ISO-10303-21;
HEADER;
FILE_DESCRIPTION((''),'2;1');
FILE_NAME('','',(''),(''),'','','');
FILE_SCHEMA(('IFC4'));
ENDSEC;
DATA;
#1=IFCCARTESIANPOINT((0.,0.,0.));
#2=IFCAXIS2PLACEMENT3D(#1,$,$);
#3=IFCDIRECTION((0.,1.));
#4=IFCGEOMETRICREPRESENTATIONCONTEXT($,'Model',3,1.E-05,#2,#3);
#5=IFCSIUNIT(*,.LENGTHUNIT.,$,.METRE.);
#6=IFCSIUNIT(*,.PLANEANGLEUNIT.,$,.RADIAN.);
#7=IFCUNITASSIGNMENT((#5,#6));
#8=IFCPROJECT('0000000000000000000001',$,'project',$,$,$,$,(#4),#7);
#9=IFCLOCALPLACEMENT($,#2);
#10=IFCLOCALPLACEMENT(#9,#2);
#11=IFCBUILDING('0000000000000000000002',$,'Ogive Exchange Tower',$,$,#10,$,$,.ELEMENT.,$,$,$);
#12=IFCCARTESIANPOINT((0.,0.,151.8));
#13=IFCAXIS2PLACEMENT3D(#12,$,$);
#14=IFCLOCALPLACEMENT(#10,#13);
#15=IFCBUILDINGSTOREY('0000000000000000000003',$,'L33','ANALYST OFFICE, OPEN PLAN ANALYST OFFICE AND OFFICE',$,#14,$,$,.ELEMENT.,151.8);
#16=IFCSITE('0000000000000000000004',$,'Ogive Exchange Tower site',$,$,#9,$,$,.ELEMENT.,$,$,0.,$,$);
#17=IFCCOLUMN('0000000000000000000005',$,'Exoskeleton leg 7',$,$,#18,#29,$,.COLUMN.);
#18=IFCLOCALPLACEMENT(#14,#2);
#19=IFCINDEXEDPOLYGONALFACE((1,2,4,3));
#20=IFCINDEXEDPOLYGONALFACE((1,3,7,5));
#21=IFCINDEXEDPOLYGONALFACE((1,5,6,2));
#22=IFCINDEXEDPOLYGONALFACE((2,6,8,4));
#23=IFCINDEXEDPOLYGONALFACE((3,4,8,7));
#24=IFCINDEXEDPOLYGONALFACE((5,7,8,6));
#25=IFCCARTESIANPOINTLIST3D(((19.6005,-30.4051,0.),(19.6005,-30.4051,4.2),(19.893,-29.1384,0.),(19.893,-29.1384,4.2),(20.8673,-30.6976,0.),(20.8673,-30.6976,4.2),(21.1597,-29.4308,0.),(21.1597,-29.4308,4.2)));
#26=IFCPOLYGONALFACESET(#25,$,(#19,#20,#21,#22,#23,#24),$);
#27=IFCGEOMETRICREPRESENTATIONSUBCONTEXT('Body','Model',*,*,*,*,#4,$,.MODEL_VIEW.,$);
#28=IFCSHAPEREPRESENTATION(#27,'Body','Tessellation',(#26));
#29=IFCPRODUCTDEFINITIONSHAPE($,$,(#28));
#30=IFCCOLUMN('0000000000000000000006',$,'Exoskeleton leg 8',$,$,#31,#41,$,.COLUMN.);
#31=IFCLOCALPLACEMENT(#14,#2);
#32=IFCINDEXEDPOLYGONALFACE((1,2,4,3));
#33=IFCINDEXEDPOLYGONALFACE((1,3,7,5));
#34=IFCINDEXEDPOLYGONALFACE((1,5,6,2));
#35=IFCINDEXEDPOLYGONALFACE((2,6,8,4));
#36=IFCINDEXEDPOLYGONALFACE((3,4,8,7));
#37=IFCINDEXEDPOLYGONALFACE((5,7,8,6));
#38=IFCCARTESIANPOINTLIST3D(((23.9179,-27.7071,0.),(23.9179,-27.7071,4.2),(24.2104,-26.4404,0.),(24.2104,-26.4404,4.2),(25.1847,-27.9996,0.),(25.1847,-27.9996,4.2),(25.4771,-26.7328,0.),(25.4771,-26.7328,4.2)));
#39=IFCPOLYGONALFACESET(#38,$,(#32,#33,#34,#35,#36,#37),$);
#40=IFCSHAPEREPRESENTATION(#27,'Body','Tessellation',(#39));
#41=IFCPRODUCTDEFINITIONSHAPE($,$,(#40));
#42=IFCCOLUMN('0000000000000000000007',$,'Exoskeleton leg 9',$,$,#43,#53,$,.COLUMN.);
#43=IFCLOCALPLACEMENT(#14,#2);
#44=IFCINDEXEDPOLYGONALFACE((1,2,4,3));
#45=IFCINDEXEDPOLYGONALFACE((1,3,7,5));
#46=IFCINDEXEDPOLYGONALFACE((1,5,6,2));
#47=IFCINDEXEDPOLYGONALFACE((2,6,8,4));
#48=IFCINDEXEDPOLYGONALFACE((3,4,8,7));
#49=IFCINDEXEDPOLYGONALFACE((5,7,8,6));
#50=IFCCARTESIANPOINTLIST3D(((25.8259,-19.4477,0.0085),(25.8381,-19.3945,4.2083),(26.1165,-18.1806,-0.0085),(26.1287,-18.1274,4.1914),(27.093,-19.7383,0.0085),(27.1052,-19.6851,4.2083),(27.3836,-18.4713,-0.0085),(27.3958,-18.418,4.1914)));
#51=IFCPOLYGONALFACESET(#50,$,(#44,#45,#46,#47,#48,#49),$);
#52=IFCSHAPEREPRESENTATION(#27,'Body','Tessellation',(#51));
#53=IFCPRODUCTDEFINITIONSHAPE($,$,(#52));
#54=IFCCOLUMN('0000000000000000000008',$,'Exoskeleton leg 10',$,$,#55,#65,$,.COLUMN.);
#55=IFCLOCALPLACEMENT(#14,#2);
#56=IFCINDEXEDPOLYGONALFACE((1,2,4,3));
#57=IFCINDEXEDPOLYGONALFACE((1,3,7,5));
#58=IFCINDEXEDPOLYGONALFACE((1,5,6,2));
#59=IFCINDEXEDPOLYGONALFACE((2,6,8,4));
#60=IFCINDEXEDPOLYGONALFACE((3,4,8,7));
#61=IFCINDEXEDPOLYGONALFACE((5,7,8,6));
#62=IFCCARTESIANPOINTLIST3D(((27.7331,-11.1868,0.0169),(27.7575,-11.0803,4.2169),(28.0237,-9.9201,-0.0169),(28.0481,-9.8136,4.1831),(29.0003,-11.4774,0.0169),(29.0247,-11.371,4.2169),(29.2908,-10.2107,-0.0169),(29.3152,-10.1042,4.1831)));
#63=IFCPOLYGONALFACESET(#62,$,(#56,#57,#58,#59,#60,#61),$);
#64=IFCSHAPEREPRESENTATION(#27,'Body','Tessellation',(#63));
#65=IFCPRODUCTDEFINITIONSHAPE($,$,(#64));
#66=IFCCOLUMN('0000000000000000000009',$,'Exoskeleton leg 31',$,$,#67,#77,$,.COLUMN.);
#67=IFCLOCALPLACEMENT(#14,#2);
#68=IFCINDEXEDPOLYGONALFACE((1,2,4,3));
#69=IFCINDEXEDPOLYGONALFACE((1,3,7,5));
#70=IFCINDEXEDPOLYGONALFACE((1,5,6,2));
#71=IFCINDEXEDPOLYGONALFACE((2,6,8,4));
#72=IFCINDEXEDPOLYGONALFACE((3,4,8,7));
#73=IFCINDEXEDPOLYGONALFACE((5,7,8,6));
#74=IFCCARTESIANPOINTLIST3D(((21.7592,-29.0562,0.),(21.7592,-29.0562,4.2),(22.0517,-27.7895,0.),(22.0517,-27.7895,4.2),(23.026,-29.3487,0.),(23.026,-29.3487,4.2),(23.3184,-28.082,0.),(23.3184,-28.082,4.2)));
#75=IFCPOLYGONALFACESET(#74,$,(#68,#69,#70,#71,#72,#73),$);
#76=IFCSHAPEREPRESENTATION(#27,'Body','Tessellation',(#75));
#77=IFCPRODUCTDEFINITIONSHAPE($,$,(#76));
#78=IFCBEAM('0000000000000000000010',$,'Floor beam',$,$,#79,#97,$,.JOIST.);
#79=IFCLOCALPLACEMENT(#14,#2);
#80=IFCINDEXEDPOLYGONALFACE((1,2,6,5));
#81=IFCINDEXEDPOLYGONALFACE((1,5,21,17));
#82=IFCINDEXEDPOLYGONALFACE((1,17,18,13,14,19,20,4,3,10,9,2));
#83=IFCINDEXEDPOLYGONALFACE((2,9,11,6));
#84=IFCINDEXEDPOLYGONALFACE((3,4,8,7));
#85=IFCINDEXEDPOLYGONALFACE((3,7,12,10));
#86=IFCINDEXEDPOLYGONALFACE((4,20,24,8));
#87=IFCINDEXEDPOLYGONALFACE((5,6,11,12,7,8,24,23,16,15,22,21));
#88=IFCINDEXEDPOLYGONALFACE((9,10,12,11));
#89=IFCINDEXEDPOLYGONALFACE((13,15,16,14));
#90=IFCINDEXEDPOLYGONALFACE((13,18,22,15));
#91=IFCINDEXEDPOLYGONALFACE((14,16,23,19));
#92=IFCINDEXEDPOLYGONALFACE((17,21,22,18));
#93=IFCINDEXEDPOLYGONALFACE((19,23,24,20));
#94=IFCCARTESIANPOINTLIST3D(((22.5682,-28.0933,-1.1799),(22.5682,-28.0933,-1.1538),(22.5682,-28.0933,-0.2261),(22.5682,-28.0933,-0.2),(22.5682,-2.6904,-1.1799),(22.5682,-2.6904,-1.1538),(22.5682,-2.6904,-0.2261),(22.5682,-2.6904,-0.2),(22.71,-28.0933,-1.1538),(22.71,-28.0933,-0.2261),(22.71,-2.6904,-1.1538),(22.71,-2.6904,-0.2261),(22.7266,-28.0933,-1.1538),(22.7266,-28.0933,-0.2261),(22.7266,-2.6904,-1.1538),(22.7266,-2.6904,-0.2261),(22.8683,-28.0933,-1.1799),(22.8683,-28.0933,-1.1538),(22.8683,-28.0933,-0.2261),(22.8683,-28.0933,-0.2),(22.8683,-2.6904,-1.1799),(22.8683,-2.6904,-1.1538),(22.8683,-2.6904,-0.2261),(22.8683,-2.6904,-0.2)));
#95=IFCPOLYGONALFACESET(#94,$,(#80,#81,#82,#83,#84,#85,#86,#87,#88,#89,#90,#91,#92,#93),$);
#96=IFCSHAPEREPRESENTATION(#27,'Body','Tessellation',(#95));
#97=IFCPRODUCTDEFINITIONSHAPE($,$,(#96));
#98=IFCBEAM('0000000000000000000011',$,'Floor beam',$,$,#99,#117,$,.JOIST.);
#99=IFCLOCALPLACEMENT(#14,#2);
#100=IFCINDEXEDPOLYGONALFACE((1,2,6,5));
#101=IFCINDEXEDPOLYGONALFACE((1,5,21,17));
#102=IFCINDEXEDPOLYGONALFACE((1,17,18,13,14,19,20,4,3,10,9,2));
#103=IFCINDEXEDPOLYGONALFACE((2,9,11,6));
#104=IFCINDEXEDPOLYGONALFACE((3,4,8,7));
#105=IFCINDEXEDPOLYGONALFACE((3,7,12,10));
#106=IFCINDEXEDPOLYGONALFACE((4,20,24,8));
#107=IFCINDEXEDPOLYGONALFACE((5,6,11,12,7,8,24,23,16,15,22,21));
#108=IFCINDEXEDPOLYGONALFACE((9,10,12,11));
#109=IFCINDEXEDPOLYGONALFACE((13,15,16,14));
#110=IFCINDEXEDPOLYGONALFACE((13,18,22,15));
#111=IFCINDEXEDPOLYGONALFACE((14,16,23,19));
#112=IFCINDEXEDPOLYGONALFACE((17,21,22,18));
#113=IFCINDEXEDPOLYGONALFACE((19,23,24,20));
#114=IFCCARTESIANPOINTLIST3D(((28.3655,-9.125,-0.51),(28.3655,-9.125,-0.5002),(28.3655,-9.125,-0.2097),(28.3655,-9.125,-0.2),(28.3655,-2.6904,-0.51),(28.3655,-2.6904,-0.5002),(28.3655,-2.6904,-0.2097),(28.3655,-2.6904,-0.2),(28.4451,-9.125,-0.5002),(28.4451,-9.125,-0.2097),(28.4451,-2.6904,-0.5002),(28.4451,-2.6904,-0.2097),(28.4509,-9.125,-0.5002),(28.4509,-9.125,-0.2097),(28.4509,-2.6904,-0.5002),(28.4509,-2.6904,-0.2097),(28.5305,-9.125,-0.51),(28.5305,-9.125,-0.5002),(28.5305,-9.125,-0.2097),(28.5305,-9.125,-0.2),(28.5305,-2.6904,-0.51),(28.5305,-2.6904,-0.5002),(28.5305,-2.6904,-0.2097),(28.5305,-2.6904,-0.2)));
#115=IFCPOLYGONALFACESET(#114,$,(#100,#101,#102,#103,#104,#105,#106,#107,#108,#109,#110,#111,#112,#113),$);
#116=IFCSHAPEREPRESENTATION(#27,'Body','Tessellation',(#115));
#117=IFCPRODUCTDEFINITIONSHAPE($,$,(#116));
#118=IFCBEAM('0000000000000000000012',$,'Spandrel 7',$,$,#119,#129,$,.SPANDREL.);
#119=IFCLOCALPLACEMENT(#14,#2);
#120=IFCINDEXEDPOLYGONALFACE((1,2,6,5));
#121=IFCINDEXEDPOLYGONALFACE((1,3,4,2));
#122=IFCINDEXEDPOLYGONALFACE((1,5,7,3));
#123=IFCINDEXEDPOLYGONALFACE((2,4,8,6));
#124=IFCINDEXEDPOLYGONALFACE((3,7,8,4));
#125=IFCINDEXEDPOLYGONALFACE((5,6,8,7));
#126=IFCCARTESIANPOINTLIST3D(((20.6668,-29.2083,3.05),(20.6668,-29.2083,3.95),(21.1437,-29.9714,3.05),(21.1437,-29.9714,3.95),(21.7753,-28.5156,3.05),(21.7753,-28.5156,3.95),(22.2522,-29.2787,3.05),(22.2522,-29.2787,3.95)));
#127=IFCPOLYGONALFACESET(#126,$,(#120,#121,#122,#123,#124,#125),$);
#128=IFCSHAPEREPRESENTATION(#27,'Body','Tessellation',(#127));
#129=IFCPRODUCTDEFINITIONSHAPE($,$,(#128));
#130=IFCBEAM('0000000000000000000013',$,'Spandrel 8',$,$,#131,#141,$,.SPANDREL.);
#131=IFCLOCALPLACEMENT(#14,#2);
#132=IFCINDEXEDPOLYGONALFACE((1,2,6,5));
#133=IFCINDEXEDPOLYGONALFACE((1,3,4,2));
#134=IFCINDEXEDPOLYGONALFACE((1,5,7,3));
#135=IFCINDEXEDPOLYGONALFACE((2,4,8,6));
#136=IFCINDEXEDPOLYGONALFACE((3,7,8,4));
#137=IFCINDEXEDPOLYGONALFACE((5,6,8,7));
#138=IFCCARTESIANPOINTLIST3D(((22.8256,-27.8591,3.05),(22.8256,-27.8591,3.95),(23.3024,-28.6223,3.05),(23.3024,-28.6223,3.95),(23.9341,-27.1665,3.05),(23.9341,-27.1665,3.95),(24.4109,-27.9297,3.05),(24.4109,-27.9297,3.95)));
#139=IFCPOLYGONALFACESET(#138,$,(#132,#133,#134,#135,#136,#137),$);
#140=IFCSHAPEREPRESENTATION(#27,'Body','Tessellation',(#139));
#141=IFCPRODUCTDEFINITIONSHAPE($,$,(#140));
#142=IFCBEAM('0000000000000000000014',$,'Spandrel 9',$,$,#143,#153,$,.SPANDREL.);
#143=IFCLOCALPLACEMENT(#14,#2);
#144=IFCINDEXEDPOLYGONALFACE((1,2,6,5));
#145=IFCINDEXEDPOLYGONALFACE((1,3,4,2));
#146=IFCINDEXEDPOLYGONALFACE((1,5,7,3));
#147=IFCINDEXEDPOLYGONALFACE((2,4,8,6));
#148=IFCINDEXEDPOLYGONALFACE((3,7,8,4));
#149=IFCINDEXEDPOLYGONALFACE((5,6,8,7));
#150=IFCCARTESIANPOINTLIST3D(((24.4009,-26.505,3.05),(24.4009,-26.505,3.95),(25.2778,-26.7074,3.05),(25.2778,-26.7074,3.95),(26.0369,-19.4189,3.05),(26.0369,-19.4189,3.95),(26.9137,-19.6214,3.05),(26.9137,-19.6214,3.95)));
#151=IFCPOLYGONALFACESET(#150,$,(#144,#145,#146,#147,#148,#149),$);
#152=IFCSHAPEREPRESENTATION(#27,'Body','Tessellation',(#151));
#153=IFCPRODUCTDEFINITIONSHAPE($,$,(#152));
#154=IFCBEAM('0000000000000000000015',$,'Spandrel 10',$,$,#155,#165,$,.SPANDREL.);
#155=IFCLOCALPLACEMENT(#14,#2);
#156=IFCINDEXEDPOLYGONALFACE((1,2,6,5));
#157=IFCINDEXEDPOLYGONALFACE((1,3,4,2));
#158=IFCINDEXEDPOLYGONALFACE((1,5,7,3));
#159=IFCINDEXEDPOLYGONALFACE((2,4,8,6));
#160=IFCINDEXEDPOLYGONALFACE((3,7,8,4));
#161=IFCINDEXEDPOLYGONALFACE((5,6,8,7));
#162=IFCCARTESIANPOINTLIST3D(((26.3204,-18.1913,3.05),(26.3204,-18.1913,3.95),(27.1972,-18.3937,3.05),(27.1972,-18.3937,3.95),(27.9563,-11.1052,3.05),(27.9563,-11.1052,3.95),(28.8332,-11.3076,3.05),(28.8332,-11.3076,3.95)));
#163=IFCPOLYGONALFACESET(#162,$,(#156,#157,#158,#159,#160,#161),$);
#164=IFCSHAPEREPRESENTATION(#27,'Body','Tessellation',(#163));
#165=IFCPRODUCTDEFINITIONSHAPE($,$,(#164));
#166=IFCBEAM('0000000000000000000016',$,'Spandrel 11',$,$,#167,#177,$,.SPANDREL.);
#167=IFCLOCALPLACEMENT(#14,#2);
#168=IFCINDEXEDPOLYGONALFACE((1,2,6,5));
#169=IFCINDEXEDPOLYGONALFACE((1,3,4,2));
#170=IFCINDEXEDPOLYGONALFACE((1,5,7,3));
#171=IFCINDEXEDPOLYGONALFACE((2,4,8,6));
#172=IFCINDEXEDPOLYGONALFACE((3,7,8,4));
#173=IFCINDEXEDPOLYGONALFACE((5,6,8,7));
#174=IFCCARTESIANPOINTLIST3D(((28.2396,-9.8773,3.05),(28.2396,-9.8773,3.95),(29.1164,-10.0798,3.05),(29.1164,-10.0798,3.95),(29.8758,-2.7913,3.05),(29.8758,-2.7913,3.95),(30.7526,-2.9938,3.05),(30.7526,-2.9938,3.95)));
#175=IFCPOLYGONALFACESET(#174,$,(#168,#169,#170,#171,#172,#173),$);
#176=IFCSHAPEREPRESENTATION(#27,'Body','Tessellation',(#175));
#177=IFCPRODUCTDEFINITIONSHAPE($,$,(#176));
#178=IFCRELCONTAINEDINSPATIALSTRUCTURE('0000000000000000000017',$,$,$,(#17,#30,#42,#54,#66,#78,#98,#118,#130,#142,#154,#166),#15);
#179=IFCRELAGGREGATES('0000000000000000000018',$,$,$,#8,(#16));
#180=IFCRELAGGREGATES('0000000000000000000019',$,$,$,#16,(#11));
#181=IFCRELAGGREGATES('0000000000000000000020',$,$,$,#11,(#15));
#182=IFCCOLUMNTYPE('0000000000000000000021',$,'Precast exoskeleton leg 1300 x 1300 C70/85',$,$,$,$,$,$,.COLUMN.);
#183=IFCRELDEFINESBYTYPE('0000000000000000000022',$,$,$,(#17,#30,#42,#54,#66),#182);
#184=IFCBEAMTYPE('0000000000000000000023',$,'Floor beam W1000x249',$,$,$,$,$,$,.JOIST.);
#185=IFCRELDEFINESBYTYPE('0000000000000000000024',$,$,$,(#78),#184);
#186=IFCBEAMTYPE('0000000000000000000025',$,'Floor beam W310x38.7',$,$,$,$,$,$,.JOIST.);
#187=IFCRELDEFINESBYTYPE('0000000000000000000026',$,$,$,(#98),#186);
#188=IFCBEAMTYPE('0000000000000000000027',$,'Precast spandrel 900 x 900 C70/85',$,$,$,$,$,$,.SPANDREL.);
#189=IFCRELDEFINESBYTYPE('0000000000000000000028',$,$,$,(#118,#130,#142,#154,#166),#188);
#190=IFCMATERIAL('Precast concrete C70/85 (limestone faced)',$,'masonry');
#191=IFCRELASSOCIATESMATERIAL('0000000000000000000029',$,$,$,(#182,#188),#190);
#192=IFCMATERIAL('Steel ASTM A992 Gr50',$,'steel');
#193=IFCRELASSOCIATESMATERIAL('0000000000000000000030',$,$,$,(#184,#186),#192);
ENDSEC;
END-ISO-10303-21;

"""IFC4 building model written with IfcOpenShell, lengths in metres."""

from ifc_helpers import new_model, si_unit, direction, frame, origin, origin_2d, place, context, subcontext, project, spatial, rectangle, i_section, extrude, material, material_profile, profile_set, type_object, element, save


model = new_model("IFC4")

# Units and contexts
model_context = context("Model", 3, precision=1e-05, world=origin(), true_north=direction((0.0, 1.0)))
body_context = subcontext(model_context, "Body", "Model", "MODEL_VIEW")
ifc_project = project(units=[si_unit("LENGTHUNIT", "METRE"), si_unit("PLANEANGLEUNIT", "RADIAN")], contexts=[model_context])

# Site, building, storey
site_placement = place(None, origin())
site = spatial("IfcSite", under=ifc_project, at=site_placement, Name="Ogive Exchange Tower site", CompositionType="ELEMENT", RefElevation=0.0)
building_placement = place(site_placement, origin())
building = spatial("IfcBuilding", under=site, at=building_placement, Name="Ogive Exchange Tower", CompositionType="ELEMENT")
storey_placement = place(building_placement, frame((0.0, 0.0, 151.8)))
storey = spatial("IfcBuildingStorey", under=building, at=storey_placement, Name="L33", Description="ANALYST OFFICE, OPEN PLAN ANALYST OFFICE AND OFFICE", CompositionType="ELEMENT", Elevation=151.8)

# Columns
ifc_material_1 = material(Name="Precast concrete C70/85 (limestone faced)", Category="masonry")
ifc_material_profile_1 = material_profile(ifc_material_1, rectangle(XDim=1.3, YDim=1.3, at=origin_2d()), Name="1300 x 1300")
ifc_profile_set_1 = profile_set([ifc_material_profile_1], Name="Precast concrete C70/85 (limestone faced)")
column_type = type_object("IfcColumnType", Name="Precast exoskeleton leg 1300 x 1300 C70/85", PredefinedType="COLUMN", material=ifc_profile_set_1)
for number, where, z_axis, x_axis, name in (
    (1, (20.3801, -29.918, 0.0), (0.0, 0.0, 1.0), (0.97437, -0.224951, 0.0), "Exoskeleton leg 7"),
    (2, (24.6975, -27.22, 0.0), (0.0, 0.0, 1.0), (0.97437, -0.224951, 0.0), "Exoskeleton leg 8"),
):
    element("IfcColumn", number, at=place(storey_placement, frame(where, z_axis=z_axis, x_axis=x_axis)), inside=storey, type_object=column_type, Name=name, PredefinedType="COLUMN", context=body_context, shape_type="SweptSolid", body=[
        extrude(rectangle(XDim=1.3, YDim=1.3, at=origin_2d()), origin(), (0.0, 0.0, 1.0), 4.2),
    ])
column_1_placement = place(storey_placement, frame((26.6047, -18.9595, 0.0), z_axis=(0.002906, 0.012671, 0.999915), x_axis=(-0.974692, 0.223553, 0.0)))
element("IfcColumn", 3, at=column_1_placement, inside=storey, type_object=column_type, Name="Exoskeleton leg 9", PredefinedType="COLUMN", context=body_context, shape_type="SweptSolid", body=[
    extrude(rectangle(XDim=1.3, YDim=1.3, at=origin_2d()), origin(), (0.0, 0.0, 1.0), 4.2002),
])
column_2_placement = place(storey_placement, frame((28.512, -10.6987, 0.0), z_axis=(0.005811, 0.025336, 0.999662), x_axis=(-0.974692, 0.223553, 0.0)))
element("IfcColumn", 4, at=column_2_placement, inside=storey, type_object=column_type, Name="Exoskeleton leg 10", PredefinedType="COLUMN", context=body_context, shape_type="SweptSolid", body=[
    extrude(rectangle(XDim=1.3, YDim=1.3, at=origin_2d()), origin(), (0.0, 0.0, 1.0), 4.2014),
])
column_3_placement = place(storey_placement, frame((22.5388, -28.5691, 0.0), z_axis=(0.0, 0.0, 1.0), x_axis=(0.97437, -0.224951, 0.0)))
element("IfcColumn", 5, at=column_3_placement, inside=storey, type_object=column_type, Name="Exoskeleton leg 31", PredefinedType="COLUMN", context=body_context, shape_type="SweptSolid", body=[
    extrude(rectangle(XDim=1.3, YDim=1.3, at=origin_2d()), origin(), (0.0, 0.0, 1.0), 4.2),
])

# Beams
ifc_material_2 = material(Name="Steel ASTM A992 Gr50", Category="steel")
ifc_material_profile_2 = material_profile(ifc_material_2, i_section(OverallWidth=0.3, OverallDepth=0.98, WebThickness=0.0166, FlangeThickness=0.0261, at=origin_2d()), Name="W1000x249")
ifc_profile_set_2 = profile_set([ifc_material_profile_2], Name="Steel ASTM A992 Gr50")
beam_type_1 = type_object("IfcBeamType", Name="Floor beam W1000x249", PredefinedType="JOIST", material=ifc_profile_set_2)
beam_1_placement = place(storey_placement, frame((22.7183, -28.0933, -0.6899), z_axis=(0.0, 1.0, 0.0), x_axis=(-1.0, 0.0, 0.0)))
element("IfcBeam", 6, at=beam_1_placement, inside=storey, type_object=beam_type_1, Name="Floor beam", PredefinedType="JOIST", context=body_context, shape_type="SweptSolid", body=[
    extrude(i_section(OverallWidth=0.3, OverallDepth=0.98, WebThickness=0.0166, FlangeThickness=0.0261, at=origin_2d()), origin(), (0.0, 0.0, 1.0), 25.4028),
])
ifc_material_profile_3 = material_profile(ifc_material_2, i_section(OverallWidth=0.165, OverallDepth=0.3101, WebThickness=0.0059, FlangeThickness=0.0098, at=origin_2d()), Name="W310x38.7")
ifc_profile_set_3 = profile_set([ifc_material_profile_3], Name="Steel ASTM A992 Gr50")
beam_type_2 = type_object("IfcBeamType", Name="Floor beam W310x38.7", PredefinedType="JOIST", material=ifc_profile_set_3)
beam_2_placement = place(storey_placement, frame((28.448, -9.125, -0.355), z_axis=(0.0, 1.0, 0.0), x_axis=(-1.0, 0.0, 0.0)))
element("IfcBeam", 7, at=beam_2_placement, inside=storey, type_object=beam_type_2, Name="Floor beam", PredefinedType="JOIST", context=body_context, shape_type="SweptSolid", body=[
    extrude(i_section(OverallWidth=0.165, OverallDepth=0.3101, WebThickness=0.0059, FlangeThickness=0.0098, at=origin_2d()), origin(), (0.0, 0.0, 1.0), 6.4346),
])
ifc_material_profile_4 = material_profile(ifc_material_1, rectangle(XDim=0.8999, YDim=0.8999, at=origin_2d()), Name="900 x 900")
ifc_profile_set_4 = profile_set([ifc_material_profile_4], Name="Precast concrete C70/85 (limestone faced)")
beam_type_3 = type_object("IfcBeamType", Name="Precast spandrel 900 x 900 C70/85", PredefinedType="SPANDREL", material=ifc_profile_set_4)
for number, where, z_axis, x_axis, name in (
    (8, (20.9053, -29.5898, 3.5), (0.84804, 0.529932, 0.0), (-0.529932, 0.84804, 0.0), "Spandrel 7"),
    (9, (23.064, -28.2407, 3.5), (0.848093, 0.529848, 0.0), (-0.529848, 0.848093, 0.0), "Spandrel 8"),
):
    element("IfcBeam", number, at=place(storey_placement, frame(where, z_axis=z_axis, x_axis=x_axis)), inside=storey, type_object=beam_type_3, Name=name, PredefinedType="SPANDREL", context=body_context, shape_type="SweptSolid", body=[
        extrude(rectangle(XDim=0.8999, YDim=0.8999, at=origin_2d()), origin(), (0.0, 0.0, 1.0), 1.3071),
    ])
for number, where, z_axis, x_axis, name in (
    (10, (24.8394, -26.6062, 3.5), (0.224953, 0.97437, 0.0), (-0.97437, 0.224953, 0.0), "Spandrel 9"),
    (11, (26.7588, -18.2925, 3.5), (0.224953, 0.97437, 0.0), (-0.97437, 0.224953, 0.0), "Spandrel 10"),
    (12, (28.678, -9.9785, 3.5), (0.224992, 0.974361, 0.0), (-0.974361, 0.224992, 0.0), "Spandrel 11"),
):
    element("IfcBeam", number, at=place(storey_placement, frame(where, z_axis=z_axis, x_axis=x_axis)), inside=storey, type_object=beam_type_3, Name=name, PredefinedType="SPANDREL", context=body_context, shape_type="SweptSolid", body=[
        extrude(rectangle(XDim=0.8999, YDim=0.8999, at=origin_2d()), origin(), (0.0, 0.0, 1.0), 7.2725),
    ])

save(model, "model.ifc")
